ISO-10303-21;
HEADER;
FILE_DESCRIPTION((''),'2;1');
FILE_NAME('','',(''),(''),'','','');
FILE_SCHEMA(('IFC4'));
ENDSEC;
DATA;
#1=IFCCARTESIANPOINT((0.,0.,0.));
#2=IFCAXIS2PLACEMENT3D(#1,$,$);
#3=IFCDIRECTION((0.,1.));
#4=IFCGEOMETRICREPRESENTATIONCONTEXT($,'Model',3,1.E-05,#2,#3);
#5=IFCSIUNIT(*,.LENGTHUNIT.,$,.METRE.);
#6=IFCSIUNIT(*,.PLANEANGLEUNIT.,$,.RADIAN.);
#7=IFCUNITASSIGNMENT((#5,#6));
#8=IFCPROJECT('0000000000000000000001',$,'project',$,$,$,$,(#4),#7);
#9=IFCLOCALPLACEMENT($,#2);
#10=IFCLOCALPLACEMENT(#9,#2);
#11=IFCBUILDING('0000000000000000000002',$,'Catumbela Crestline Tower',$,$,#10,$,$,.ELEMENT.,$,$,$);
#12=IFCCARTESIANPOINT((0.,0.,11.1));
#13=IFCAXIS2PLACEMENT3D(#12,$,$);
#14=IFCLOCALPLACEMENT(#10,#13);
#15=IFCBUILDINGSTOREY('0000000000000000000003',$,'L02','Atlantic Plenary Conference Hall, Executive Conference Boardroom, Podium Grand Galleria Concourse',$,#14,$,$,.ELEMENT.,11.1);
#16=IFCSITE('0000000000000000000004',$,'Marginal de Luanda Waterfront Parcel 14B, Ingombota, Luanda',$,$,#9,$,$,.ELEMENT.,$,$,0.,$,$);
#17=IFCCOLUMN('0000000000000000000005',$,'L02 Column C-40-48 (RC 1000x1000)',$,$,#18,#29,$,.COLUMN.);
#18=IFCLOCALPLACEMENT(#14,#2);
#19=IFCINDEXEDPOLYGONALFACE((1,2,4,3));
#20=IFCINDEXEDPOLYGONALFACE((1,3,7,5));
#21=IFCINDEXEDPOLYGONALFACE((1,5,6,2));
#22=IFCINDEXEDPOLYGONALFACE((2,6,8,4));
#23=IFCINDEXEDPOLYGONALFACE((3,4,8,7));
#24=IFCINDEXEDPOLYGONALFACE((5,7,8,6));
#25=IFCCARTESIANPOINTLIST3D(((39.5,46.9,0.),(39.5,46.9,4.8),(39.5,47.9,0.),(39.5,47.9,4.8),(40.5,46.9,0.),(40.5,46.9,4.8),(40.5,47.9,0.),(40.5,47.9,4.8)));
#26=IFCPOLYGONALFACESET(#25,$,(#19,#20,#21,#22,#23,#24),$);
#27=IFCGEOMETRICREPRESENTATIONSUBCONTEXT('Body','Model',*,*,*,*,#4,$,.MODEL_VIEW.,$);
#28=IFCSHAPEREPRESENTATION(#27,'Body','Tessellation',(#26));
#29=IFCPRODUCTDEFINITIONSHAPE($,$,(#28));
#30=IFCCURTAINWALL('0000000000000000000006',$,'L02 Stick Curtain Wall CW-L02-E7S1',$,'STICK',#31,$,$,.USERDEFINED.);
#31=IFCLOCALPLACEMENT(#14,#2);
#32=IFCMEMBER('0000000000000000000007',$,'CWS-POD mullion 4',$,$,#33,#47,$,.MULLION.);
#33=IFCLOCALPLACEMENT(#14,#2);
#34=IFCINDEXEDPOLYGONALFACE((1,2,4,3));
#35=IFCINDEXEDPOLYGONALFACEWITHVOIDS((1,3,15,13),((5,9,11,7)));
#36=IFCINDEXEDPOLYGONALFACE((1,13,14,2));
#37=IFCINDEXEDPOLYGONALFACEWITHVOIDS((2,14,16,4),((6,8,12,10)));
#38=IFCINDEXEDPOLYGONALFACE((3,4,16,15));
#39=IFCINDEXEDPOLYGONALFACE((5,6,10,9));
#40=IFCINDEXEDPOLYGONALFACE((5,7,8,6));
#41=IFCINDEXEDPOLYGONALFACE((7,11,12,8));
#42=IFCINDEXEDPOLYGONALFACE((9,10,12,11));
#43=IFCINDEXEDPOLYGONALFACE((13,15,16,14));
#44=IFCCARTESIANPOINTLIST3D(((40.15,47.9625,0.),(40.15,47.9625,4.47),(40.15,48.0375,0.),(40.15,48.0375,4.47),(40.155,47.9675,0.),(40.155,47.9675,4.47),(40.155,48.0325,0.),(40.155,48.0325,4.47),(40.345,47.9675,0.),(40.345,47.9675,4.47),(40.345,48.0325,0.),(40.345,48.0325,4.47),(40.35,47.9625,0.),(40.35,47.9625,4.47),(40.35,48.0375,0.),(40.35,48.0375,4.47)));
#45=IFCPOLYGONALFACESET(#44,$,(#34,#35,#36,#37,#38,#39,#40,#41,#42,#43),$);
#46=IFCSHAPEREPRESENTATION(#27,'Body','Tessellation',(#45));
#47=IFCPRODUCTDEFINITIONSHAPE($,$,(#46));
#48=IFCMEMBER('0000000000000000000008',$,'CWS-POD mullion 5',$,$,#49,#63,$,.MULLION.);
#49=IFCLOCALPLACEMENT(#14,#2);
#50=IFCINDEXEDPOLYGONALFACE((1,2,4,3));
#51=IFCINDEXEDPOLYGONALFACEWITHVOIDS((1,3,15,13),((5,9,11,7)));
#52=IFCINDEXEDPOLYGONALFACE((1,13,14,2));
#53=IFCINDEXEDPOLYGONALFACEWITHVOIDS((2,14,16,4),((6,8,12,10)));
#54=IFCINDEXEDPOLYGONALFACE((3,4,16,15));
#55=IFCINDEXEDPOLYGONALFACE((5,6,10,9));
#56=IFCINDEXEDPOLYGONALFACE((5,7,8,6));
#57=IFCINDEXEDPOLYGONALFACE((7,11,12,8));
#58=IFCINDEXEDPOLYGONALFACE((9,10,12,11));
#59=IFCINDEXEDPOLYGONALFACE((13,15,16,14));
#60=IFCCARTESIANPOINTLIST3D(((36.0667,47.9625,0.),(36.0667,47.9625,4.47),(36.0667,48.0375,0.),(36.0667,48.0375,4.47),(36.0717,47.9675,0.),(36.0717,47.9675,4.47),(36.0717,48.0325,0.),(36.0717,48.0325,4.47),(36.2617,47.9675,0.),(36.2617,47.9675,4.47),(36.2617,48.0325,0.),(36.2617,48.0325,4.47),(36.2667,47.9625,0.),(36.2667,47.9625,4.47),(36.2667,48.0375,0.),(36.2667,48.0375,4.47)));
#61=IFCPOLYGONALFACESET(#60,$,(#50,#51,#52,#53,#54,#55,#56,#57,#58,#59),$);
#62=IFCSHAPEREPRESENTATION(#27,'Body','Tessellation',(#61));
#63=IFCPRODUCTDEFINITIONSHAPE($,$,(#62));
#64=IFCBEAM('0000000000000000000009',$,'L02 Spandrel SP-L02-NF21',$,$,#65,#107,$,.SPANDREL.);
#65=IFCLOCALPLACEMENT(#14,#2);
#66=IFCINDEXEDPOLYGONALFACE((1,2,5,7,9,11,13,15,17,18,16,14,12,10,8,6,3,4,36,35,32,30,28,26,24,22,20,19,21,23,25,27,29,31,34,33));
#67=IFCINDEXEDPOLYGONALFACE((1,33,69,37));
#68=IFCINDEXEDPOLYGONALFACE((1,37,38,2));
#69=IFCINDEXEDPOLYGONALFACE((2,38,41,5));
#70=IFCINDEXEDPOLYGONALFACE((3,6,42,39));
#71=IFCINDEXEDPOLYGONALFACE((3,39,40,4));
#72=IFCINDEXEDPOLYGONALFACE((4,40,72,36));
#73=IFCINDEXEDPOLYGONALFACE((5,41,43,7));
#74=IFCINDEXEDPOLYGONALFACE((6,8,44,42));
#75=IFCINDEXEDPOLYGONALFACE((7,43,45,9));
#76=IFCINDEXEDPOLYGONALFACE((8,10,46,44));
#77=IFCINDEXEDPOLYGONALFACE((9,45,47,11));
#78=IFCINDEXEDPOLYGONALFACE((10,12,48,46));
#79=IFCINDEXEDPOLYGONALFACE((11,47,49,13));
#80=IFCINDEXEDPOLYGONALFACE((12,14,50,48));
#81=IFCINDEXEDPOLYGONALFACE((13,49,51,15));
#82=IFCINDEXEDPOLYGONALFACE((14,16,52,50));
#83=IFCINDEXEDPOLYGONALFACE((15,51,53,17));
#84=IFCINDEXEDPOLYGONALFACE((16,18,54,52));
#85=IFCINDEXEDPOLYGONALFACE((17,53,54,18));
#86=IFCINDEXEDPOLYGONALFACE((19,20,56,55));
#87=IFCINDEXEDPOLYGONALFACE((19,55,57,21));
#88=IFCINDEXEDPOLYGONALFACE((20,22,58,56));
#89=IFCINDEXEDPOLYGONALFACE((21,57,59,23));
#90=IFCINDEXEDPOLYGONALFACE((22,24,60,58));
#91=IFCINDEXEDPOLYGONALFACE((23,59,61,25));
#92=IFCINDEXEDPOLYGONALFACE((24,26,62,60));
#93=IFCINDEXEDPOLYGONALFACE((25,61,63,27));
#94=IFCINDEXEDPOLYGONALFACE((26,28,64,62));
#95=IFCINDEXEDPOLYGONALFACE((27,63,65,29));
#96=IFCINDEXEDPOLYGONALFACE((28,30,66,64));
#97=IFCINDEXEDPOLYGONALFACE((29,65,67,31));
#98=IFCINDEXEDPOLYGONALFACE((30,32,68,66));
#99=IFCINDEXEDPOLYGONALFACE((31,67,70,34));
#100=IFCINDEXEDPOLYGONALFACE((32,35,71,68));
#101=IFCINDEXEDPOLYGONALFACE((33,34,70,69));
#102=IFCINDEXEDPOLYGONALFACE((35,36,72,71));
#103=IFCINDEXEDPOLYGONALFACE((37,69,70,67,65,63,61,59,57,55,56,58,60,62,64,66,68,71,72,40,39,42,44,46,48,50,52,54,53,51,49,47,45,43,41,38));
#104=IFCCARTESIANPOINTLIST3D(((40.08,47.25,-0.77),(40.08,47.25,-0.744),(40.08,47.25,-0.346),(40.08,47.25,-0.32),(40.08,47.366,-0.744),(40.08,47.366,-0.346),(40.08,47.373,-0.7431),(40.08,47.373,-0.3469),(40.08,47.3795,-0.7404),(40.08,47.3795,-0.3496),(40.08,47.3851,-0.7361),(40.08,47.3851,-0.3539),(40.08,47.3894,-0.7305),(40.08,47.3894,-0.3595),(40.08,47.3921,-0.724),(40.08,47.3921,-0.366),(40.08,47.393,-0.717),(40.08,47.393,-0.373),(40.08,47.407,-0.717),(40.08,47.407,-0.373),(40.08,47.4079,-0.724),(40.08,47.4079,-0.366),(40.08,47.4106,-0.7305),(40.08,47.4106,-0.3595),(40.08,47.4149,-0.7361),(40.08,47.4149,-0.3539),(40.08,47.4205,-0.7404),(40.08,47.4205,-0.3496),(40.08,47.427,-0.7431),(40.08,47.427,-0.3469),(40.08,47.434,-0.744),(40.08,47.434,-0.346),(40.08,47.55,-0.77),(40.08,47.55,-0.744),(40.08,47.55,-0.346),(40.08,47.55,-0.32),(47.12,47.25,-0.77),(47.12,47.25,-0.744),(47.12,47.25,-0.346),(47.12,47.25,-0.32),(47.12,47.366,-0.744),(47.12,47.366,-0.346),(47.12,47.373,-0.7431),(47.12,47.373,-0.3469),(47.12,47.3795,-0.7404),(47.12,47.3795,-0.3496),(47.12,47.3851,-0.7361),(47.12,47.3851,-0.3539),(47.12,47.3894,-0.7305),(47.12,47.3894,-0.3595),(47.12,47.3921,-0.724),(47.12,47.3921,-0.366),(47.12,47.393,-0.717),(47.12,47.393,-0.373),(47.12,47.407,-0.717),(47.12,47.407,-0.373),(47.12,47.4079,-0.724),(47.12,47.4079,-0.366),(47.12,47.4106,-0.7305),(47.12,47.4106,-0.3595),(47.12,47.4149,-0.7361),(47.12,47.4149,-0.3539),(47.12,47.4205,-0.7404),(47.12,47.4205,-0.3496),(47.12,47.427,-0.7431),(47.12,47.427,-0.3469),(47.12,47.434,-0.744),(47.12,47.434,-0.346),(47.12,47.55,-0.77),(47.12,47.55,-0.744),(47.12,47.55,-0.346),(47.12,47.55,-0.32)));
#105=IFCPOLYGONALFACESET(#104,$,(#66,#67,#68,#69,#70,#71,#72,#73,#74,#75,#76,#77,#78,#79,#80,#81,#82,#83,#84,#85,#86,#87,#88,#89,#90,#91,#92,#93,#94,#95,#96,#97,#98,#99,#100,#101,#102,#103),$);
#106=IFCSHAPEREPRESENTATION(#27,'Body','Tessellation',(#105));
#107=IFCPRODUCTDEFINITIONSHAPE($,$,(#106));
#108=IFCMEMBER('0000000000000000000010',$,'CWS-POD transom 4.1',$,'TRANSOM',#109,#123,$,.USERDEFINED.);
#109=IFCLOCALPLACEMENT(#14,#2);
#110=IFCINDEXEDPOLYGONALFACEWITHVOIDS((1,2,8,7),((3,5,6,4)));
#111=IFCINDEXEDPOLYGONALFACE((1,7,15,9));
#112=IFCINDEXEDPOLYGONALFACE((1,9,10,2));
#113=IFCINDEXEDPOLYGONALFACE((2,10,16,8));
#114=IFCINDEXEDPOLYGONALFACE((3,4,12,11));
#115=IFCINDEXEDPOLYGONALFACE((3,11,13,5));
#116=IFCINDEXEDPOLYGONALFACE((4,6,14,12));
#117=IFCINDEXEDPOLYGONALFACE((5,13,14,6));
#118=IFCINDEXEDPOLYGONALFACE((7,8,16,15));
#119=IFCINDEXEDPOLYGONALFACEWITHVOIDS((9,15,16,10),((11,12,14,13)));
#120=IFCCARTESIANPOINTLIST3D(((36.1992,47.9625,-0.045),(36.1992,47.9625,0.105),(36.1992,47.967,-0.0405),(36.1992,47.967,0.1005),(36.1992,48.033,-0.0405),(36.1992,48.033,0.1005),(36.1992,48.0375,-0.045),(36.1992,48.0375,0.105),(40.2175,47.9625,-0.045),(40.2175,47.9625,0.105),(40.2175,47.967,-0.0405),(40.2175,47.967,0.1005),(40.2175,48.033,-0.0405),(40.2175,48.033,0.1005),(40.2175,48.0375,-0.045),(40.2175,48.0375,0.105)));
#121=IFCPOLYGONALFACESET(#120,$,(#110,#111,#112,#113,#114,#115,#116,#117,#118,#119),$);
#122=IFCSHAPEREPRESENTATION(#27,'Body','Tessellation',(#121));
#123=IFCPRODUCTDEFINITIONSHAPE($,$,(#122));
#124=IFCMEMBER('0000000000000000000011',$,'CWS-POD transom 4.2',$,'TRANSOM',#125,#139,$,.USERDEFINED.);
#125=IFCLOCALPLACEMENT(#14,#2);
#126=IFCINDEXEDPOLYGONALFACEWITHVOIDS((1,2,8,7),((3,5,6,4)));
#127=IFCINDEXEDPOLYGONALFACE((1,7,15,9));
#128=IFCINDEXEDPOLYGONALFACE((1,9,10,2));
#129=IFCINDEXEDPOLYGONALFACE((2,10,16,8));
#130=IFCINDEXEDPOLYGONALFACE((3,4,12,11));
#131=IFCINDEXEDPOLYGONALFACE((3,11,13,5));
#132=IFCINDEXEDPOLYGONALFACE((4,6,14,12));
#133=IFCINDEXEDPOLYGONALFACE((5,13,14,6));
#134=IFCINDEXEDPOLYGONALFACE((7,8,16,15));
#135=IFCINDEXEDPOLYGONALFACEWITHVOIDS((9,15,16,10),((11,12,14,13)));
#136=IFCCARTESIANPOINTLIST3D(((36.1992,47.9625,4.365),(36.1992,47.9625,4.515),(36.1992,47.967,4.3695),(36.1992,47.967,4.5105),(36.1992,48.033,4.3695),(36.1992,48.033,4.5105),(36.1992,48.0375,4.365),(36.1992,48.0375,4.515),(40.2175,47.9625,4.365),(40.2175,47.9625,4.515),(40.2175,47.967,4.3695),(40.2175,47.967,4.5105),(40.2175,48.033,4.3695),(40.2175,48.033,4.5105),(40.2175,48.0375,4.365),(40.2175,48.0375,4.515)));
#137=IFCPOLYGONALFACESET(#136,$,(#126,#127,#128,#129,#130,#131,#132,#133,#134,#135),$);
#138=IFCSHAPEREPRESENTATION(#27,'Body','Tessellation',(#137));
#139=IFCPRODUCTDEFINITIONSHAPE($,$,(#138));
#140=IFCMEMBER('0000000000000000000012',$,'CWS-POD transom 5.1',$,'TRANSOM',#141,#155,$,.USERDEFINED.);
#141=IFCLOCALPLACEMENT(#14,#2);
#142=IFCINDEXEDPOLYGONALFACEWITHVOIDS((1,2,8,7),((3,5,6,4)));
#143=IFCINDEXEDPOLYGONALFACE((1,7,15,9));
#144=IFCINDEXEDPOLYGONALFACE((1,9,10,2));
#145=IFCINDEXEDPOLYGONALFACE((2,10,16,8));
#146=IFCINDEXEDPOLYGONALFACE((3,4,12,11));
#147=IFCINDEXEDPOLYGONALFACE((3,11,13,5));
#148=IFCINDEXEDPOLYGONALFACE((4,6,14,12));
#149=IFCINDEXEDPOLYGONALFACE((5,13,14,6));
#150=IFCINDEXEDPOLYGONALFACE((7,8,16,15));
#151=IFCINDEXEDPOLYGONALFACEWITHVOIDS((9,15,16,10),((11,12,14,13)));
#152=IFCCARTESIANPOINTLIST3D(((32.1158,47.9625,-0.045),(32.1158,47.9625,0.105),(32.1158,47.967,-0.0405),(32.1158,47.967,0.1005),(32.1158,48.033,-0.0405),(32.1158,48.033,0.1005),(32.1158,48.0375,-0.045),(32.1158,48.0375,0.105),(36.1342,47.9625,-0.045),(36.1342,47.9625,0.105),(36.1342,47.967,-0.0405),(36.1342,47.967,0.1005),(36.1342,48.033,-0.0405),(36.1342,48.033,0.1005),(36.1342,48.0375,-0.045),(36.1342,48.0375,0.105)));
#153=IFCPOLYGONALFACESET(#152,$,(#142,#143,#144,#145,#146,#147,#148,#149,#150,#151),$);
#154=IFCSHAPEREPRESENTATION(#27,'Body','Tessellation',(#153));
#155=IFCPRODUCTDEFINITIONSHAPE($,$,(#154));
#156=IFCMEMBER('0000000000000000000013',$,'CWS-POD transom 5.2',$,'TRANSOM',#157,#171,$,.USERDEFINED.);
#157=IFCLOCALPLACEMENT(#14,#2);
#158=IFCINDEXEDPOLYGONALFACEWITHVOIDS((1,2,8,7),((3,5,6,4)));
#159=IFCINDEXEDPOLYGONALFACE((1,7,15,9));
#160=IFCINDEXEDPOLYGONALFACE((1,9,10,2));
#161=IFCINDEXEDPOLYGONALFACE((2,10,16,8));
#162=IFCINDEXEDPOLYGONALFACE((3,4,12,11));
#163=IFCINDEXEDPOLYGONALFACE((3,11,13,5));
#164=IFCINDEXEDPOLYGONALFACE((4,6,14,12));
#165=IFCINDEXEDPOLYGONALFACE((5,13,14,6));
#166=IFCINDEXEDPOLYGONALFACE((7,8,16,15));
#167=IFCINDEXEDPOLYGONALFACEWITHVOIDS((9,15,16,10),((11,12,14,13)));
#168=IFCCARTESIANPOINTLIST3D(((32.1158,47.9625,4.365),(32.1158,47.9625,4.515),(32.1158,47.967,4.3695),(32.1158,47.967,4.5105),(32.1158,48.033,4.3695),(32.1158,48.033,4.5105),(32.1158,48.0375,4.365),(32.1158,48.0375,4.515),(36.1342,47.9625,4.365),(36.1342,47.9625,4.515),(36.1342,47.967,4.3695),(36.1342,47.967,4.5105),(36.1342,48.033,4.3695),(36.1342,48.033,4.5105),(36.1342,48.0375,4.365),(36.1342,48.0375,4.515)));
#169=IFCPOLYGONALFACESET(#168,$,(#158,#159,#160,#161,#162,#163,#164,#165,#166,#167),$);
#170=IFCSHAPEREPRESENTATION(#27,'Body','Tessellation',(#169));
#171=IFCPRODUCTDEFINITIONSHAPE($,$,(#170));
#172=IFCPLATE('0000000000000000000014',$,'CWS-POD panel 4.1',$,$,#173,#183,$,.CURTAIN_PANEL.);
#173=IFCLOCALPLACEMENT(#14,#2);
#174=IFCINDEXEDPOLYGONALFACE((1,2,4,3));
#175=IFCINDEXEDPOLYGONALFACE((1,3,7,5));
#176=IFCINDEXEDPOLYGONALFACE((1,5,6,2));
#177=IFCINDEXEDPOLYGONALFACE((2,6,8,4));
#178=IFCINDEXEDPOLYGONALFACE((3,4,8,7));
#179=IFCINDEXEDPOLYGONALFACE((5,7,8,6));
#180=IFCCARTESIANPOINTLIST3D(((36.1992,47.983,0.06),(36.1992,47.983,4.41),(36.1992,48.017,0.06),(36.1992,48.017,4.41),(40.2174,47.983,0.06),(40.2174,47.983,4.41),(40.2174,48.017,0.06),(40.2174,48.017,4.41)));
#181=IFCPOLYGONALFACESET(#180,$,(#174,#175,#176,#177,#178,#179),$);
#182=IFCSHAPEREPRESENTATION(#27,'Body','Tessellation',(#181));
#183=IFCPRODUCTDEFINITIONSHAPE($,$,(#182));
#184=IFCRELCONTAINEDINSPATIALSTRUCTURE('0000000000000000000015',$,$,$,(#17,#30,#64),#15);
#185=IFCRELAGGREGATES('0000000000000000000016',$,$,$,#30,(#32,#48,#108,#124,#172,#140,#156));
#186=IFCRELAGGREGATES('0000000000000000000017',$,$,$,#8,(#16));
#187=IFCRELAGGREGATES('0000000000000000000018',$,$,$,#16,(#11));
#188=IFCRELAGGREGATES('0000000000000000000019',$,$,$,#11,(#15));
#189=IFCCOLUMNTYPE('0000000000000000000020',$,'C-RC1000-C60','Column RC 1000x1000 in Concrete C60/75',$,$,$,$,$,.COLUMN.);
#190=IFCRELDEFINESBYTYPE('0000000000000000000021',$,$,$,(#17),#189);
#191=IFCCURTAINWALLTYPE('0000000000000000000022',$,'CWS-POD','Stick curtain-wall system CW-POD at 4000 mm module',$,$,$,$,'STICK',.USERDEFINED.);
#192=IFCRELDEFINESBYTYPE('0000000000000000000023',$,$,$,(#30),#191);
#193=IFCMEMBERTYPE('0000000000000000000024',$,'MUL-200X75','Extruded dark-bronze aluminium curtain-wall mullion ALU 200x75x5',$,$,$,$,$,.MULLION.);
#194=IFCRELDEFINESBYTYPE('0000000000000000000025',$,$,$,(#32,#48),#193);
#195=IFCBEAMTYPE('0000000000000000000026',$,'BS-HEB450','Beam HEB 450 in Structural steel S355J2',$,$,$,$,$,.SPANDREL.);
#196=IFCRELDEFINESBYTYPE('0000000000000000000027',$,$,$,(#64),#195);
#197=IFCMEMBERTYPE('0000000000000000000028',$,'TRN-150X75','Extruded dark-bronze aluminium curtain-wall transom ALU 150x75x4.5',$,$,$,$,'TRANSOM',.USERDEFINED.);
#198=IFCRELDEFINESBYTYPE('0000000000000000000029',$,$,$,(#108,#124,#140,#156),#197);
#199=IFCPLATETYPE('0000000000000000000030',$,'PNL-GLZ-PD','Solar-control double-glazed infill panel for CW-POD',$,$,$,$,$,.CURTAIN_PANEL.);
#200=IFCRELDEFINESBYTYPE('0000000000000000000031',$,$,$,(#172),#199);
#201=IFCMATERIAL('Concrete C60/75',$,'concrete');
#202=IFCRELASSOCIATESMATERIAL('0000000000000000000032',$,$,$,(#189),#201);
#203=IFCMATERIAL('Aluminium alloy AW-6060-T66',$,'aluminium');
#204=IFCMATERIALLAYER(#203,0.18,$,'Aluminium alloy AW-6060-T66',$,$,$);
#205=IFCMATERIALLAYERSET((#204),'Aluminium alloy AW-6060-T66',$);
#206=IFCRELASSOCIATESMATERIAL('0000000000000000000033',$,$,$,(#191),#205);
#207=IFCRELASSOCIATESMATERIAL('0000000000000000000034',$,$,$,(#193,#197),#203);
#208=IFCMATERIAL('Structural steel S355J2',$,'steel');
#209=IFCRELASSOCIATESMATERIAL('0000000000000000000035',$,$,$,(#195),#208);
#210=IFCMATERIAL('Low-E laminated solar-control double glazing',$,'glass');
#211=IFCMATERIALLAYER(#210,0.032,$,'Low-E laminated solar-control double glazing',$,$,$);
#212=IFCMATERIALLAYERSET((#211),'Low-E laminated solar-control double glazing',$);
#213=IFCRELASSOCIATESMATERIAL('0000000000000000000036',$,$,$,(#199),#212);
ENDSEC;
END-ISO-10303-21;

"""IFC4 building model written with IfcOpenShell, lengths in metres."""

from ifc_helpers import new_model, si_unit, direction, frame, origin, origin_2d, place, context, subcontext, project, spatial, rectangle, hollow_rectangle, i_section, extrude, material, layer, layer_set, material_profile, profile_set, type_object, element, aggregate, save


model = new_model("IFC4")

# Units and contexts
model_context = context("Model", 3, precision=1e-05, world=origin(), true_north=direction((0.0, 1.0)))
body_context = subcontext(model_context, "Body", "Model", "MODEL_VIEW")
ifc_project = project(units=[si_unit("LENGTHUNIT", "METRE"), si_unit("PLANEANGLEUNIT", "RADIAN")], contexts=[model_context])

# Site, building, storey
site_placement = place(None, origin())
site = spatial("IfcSite", under=ifc_project, at=site_placement, Name="Marginal de Luanda Waterfront Parcel 14B, Ingombota, Luanda", CompositionType="ELEMENT", RefElevation=0.0)
building_placement = place(site_placement, origin())
building = spatial("IfcBuilding", under=site, at=building_placement, Name="Catumbela Crestline Tower", CompositionType="ELEMENT")
storey_placement = place(building_placement, frame((0.0, 0.0, 11.1)))
storey = spatial("IfcBuildingStorey", under=building, at=storey_placement, Name="L02", Description="Atlantic Plenary Conference Hall, Executive Conference Boardroom, Podium Grand Galleria Concourse", CompositionType="ELEMENT", Elevation=11.1)

# Column
ifc_material_1 = material(Name="Concrete C60/75", Category="concrete")
ifc_material_profile_1 = material_profile(ifc_material_1, rectangle(XDim=1.0, YDim=1.0, at=origin_2d()), Name="RC 1000x1000")
ifc_profile_set_1 = profile_set([ifc_material_profile_1], Name="Concrete C60/75")
column_type = type_object("IfcColumnType", Name="C-RC1000-C60", Description="Column RC 1000x1000 in Concrete C60/75", PredefinedType="COLUMN", material=ifc_profile_set_1)
column_placement = place(storey_placement, frame((40.0, 47.4, 0.0), z_axis=(0.0, 0.0, 1.0), x_axis=(1.0, 0.0, 0.0)))
element("IfcColumn", 1, at=column_placement, inside=storey, type_object=column_type, Name="L02 Column C-40-48 (RC 1000x1000)", PredefinedType="COLUMN", context=body_context, shape_type="SweptSolid", body=[
    extrude(rectangle(XDim=1.0, YDim=1.0, at=origin_2d()), origin(), (0.0, 0.0, 1.0), 4.8),
])

# Curtain wall, members
ifc_material_2 = material(Name="Aluminium alloy AW-6060-T66", Category="aluminium")
ifc_layer_1 = layer(ifc_material_2, 0.18, Name="Aluminium alloy AW-6060-T66")
ifc_layer_set_1 = layer_set([ifc_layer_1], Name="Aluminium alloy AW-6060-T66")
curtain_wall_type = type_object("IfcCurtainWallType", Name="CWS-POD", Description="Stick curtain-wall system CW-POD at 4000 mm module", ElementType="STICK", PredefinedType="USERDEFINED", material=ifc_layer_set_1)
curtain_wall_placement = place(storey_placement, origin())
curtain_wall = element("IfcCurtainWall", 2, at=curtain_wall_placement, inside=storey, type_object=curtain_wall_type, Name="L02 Stick Curtain Wall CW-L02-E7S1", ObjectType="STICK", PredefinedType="USERDEFINED")
ifc_material_profile_2 = material_profile(ifc_material_2, hollow_rectangle(XDim=0.075, YDim=0.2, WallThickness=0.005, at=origin_2d()), Name="ALU 200x75x5")
ifc_profile_set_2 = profile_set([ifc_material_profile_2], Name="Aluminium alloy AW-6060-T66")
member_type_1 = type_object("IfcMemberType", Name="MUL-200X75", Description="Extruded dark-bronze aluminium curtain-wall mullion ALU 200x75x5", PredefinedType="MULLION", material=ifc_profile_set_2)
member_1_placement = place(storey_placement, frame((40.25, 48.0, 0.0), z_axis=(0.0, 0.0, 1.0), x_axis=(0.0, -1.0, 0.0)))
member_1 = element("IfcMember", 3, at=member_1_placement, type_object=member_type_1, Name="CWS-POD mullion 4", PredefinedType="MULLION", context=body_context, shape_type="SweptSolid", body=[
    extrude(hollow_rectangle(XDim=0.075, YDim=0.2, WallThickness=0.005, at=origin_2d()), origin(), (0.0, 0.0, 1.0), 4.47),
])
member_2_placement = place(storey_placement, frame((36.1667, 48.0, 0.0), z_axis=(0.0, 0.0, 1.0), x_axis=(0.0, -1.0, 0.0)))
member_2 = element("IfcMember", 4, at=member_2_placement, type_object=member_type_1, Name="CWS-POD mullion 5", PredefinedType="MULLION", context=body_context, shape_type="SweptSolid", body=[
    extrude(hollow_rectangle(XDim=0.075, YDim=0.2, WallThickness=0.005, at=origin_2d()), origin(), (0.0, 0.0, 1.0), 4.47),
])

# Beam
ifc_material_3 = material(Name="Structural steel S355J2", Category="steel")
ifc_material_profile_3 = material_profile(ifc_material_3, i_section(OverallWidth=0.3, OverallDepth=0.45, WebThickness=0.014, FlangeThickness=0.026, FilletRadius=0.027, at=origin_2d()), Name="HEB 450")
ifc_profile_set_3 = profile_set([ifc_material_profile_3], Name="Structural steel S355J2")
beam_type = type_object("IfcBeamType", Name="BS-HEB450", Description="Beam HEB 450 in Structural steel S355J2", PredefinedType="SPANDREL", material=ifc_profile_set_3)
beam_placement = place(storey_placement, frame((40.08, 47.4, -0.545), z_axis=(1.0, 0.0, 0.0), x_axis=(0.0, 1.0, 0.0)))
element("IfcBeam", 5, at=beam_placement, inside=storey, type_object=beam_type, Name="L02 Spandrel SP-L02-NF21", PredefinedType="SPANDREL", context=body_context, shape_type="SweptSolid", body=[
    extrude(i_section(OverallWidth=0.3, OverallDepth=0.45, WebThickness=0.014, FlangeThickness=0.026, FilletRadius=0.027, at=origin_2d()), origin(), (0.0, 0.0, 1.0), 7.04),
])

# Members
ifc_material_profile_4 = material_profile(ifc_material_2, hollow_rectangle(XDim=0.075, YDim=0.15, WallThickness=0.0045, at=origin_2d()), Name="ALU 150x75x4.5")
ifc_profile_set_4 = profile_set([ifc_material_profile_4], Name="Aluminium alloy AW-6060-T66")
member_type_2 = type_object("IfcMemberType", Name="TRN-150X75", Description="Extruded dark-bronze aluminium curtain-wall transom ALU 150x75x4.5", ElementType="TRANSOM", PredefinedType="USERDEFINED", material=ifc_profile_set_4)
member_3_placement = place(storey_placement, frame((40.2175, 48.0, 0.03), z_axis=(-1.0, 0.0, 0.0), x_axis=(0.0, -1.0, 0.0)))
member_3 = element("IfcMember", 6, at=member_3_placement, type_object=member_type_2, Name="CWS-POD transom 4.1", ObjectType="TRANSOM", PredefinedType="USERDEFINED", context=body_context, shape_type="SweptSolid", body=[
    extrude(hollow_rectangle(XDim=0.075, YDim=0.15, WallThickness=0.0045, at=origin_2d()), origin(), (0.0, 0.0, 1.0), 4.0183),
])
member_4_placement = place(storey_placement, frame((40.2175, 48.0, 4.44), z_axis=(-1.0, 0.0, 0.0), x_axis=(0.0, -1.0, 0.0)))
member_4 = element("IfcMember", 7, at=member_4_placement, type_object=member_type_2, Name="CWS-POD transom 4.2", ObjectType="TRANSOM", PredefinedType="USERDEFINED", context=body_context, shape_type="SweptSolid", body=[
    extrude(hollow_rectangle(XDim=0.075, YDim=0.15, WallThickness=0.0045, at=origin_2d()), origin(), (0.0, 0.0, 1.0), 4.0183),
])
member_5_placement = place(storey_placement, frame((36.1342, 48.0, 0.03), z_axis=(-1.0, 0.0, 0.0), x_axis=(0.0, -1.0, 0.0)))
member_5 = element("IfcMember", 8, at=member_5_placement, type_object=member_type_2, Name="CWS-POD transom 5.1", ObjectType="TRANSOM", PredefinedType="USERDEFINED", context=body_context, shape_type="SweptSolid", body=[
    extrude(hollow_rectangle(XDim=0.075, YDim=0.15, WallThickness=0.0045, at=origin_2d()), origin(), (0.0, 0.0, 1.0), 4.0184),
])
member_6_placement = place(storey_placement, frame((36.1342, 48.0, 4.44), z_axis=(-1.0, 0.0, 0.0), x_axis=(0.0, -1.0, 0.0)))
member_6 = element("IfcMember", 9, at=member_6_placement, type_object=member_type_2, Name="CWS-POD transom 5.2", ObjectType="TRANSOM", PredefinedType="USERDEFINED", context=body_context, shape_type="SweptSolid", body=[
    extrude(hollow_rectangle(XDim=0.075, YDim=0.15, WallThickness=0.0045, at=origin_2d()), origin(), (0.0, 0.0, 1.0), 4.0184),
])

# Plate
ifc_material_4 = material(Name="Low-E laminated solar-control double glazing", Category="glass")
ifc_layer_2 = layer(ifc_material_4, 0.032, Name="Low-E laminated solar-control double glazing")
ifc_layer_set_2 = layer_set([ifc_layer_2], Name="Low-E laminated solar-control double glazing")
plate_type = type_object("IfcPlateType", Name="PNL-GLZ-PD", Description="Solar-control double-glazed infill panel for CW-POD", PredefinedType="CURTAIN_PANEL", material=ifc_layer_set_2)
plate_1_placement = place(storey_placement, frame((38.2083, 48.0, 0.06), z_axis=(0.0, 0.0, 1.0), x_axis=(-1.0, 0.0, 0.0)))
plate_1 = element("IfcPlate", 10, at=plate_1_placement, type_object=plate_type, Name="CWS-POD panel 4.1", PredefinedType="CURTAIN_PANEL", context=body_context, shape_type="SweptSolid", body=[
    extrude(rectangle(XDim=4.0183, YDim=0.034, at=origin_2d()), origin(), (0.0, 0.0, 1.0), 4.35),
])
aggregate(curtain_wall, [member_1, member_2, member_3, member_4, plate_1, member_5, member_6])

save(model, "model.ifc")
